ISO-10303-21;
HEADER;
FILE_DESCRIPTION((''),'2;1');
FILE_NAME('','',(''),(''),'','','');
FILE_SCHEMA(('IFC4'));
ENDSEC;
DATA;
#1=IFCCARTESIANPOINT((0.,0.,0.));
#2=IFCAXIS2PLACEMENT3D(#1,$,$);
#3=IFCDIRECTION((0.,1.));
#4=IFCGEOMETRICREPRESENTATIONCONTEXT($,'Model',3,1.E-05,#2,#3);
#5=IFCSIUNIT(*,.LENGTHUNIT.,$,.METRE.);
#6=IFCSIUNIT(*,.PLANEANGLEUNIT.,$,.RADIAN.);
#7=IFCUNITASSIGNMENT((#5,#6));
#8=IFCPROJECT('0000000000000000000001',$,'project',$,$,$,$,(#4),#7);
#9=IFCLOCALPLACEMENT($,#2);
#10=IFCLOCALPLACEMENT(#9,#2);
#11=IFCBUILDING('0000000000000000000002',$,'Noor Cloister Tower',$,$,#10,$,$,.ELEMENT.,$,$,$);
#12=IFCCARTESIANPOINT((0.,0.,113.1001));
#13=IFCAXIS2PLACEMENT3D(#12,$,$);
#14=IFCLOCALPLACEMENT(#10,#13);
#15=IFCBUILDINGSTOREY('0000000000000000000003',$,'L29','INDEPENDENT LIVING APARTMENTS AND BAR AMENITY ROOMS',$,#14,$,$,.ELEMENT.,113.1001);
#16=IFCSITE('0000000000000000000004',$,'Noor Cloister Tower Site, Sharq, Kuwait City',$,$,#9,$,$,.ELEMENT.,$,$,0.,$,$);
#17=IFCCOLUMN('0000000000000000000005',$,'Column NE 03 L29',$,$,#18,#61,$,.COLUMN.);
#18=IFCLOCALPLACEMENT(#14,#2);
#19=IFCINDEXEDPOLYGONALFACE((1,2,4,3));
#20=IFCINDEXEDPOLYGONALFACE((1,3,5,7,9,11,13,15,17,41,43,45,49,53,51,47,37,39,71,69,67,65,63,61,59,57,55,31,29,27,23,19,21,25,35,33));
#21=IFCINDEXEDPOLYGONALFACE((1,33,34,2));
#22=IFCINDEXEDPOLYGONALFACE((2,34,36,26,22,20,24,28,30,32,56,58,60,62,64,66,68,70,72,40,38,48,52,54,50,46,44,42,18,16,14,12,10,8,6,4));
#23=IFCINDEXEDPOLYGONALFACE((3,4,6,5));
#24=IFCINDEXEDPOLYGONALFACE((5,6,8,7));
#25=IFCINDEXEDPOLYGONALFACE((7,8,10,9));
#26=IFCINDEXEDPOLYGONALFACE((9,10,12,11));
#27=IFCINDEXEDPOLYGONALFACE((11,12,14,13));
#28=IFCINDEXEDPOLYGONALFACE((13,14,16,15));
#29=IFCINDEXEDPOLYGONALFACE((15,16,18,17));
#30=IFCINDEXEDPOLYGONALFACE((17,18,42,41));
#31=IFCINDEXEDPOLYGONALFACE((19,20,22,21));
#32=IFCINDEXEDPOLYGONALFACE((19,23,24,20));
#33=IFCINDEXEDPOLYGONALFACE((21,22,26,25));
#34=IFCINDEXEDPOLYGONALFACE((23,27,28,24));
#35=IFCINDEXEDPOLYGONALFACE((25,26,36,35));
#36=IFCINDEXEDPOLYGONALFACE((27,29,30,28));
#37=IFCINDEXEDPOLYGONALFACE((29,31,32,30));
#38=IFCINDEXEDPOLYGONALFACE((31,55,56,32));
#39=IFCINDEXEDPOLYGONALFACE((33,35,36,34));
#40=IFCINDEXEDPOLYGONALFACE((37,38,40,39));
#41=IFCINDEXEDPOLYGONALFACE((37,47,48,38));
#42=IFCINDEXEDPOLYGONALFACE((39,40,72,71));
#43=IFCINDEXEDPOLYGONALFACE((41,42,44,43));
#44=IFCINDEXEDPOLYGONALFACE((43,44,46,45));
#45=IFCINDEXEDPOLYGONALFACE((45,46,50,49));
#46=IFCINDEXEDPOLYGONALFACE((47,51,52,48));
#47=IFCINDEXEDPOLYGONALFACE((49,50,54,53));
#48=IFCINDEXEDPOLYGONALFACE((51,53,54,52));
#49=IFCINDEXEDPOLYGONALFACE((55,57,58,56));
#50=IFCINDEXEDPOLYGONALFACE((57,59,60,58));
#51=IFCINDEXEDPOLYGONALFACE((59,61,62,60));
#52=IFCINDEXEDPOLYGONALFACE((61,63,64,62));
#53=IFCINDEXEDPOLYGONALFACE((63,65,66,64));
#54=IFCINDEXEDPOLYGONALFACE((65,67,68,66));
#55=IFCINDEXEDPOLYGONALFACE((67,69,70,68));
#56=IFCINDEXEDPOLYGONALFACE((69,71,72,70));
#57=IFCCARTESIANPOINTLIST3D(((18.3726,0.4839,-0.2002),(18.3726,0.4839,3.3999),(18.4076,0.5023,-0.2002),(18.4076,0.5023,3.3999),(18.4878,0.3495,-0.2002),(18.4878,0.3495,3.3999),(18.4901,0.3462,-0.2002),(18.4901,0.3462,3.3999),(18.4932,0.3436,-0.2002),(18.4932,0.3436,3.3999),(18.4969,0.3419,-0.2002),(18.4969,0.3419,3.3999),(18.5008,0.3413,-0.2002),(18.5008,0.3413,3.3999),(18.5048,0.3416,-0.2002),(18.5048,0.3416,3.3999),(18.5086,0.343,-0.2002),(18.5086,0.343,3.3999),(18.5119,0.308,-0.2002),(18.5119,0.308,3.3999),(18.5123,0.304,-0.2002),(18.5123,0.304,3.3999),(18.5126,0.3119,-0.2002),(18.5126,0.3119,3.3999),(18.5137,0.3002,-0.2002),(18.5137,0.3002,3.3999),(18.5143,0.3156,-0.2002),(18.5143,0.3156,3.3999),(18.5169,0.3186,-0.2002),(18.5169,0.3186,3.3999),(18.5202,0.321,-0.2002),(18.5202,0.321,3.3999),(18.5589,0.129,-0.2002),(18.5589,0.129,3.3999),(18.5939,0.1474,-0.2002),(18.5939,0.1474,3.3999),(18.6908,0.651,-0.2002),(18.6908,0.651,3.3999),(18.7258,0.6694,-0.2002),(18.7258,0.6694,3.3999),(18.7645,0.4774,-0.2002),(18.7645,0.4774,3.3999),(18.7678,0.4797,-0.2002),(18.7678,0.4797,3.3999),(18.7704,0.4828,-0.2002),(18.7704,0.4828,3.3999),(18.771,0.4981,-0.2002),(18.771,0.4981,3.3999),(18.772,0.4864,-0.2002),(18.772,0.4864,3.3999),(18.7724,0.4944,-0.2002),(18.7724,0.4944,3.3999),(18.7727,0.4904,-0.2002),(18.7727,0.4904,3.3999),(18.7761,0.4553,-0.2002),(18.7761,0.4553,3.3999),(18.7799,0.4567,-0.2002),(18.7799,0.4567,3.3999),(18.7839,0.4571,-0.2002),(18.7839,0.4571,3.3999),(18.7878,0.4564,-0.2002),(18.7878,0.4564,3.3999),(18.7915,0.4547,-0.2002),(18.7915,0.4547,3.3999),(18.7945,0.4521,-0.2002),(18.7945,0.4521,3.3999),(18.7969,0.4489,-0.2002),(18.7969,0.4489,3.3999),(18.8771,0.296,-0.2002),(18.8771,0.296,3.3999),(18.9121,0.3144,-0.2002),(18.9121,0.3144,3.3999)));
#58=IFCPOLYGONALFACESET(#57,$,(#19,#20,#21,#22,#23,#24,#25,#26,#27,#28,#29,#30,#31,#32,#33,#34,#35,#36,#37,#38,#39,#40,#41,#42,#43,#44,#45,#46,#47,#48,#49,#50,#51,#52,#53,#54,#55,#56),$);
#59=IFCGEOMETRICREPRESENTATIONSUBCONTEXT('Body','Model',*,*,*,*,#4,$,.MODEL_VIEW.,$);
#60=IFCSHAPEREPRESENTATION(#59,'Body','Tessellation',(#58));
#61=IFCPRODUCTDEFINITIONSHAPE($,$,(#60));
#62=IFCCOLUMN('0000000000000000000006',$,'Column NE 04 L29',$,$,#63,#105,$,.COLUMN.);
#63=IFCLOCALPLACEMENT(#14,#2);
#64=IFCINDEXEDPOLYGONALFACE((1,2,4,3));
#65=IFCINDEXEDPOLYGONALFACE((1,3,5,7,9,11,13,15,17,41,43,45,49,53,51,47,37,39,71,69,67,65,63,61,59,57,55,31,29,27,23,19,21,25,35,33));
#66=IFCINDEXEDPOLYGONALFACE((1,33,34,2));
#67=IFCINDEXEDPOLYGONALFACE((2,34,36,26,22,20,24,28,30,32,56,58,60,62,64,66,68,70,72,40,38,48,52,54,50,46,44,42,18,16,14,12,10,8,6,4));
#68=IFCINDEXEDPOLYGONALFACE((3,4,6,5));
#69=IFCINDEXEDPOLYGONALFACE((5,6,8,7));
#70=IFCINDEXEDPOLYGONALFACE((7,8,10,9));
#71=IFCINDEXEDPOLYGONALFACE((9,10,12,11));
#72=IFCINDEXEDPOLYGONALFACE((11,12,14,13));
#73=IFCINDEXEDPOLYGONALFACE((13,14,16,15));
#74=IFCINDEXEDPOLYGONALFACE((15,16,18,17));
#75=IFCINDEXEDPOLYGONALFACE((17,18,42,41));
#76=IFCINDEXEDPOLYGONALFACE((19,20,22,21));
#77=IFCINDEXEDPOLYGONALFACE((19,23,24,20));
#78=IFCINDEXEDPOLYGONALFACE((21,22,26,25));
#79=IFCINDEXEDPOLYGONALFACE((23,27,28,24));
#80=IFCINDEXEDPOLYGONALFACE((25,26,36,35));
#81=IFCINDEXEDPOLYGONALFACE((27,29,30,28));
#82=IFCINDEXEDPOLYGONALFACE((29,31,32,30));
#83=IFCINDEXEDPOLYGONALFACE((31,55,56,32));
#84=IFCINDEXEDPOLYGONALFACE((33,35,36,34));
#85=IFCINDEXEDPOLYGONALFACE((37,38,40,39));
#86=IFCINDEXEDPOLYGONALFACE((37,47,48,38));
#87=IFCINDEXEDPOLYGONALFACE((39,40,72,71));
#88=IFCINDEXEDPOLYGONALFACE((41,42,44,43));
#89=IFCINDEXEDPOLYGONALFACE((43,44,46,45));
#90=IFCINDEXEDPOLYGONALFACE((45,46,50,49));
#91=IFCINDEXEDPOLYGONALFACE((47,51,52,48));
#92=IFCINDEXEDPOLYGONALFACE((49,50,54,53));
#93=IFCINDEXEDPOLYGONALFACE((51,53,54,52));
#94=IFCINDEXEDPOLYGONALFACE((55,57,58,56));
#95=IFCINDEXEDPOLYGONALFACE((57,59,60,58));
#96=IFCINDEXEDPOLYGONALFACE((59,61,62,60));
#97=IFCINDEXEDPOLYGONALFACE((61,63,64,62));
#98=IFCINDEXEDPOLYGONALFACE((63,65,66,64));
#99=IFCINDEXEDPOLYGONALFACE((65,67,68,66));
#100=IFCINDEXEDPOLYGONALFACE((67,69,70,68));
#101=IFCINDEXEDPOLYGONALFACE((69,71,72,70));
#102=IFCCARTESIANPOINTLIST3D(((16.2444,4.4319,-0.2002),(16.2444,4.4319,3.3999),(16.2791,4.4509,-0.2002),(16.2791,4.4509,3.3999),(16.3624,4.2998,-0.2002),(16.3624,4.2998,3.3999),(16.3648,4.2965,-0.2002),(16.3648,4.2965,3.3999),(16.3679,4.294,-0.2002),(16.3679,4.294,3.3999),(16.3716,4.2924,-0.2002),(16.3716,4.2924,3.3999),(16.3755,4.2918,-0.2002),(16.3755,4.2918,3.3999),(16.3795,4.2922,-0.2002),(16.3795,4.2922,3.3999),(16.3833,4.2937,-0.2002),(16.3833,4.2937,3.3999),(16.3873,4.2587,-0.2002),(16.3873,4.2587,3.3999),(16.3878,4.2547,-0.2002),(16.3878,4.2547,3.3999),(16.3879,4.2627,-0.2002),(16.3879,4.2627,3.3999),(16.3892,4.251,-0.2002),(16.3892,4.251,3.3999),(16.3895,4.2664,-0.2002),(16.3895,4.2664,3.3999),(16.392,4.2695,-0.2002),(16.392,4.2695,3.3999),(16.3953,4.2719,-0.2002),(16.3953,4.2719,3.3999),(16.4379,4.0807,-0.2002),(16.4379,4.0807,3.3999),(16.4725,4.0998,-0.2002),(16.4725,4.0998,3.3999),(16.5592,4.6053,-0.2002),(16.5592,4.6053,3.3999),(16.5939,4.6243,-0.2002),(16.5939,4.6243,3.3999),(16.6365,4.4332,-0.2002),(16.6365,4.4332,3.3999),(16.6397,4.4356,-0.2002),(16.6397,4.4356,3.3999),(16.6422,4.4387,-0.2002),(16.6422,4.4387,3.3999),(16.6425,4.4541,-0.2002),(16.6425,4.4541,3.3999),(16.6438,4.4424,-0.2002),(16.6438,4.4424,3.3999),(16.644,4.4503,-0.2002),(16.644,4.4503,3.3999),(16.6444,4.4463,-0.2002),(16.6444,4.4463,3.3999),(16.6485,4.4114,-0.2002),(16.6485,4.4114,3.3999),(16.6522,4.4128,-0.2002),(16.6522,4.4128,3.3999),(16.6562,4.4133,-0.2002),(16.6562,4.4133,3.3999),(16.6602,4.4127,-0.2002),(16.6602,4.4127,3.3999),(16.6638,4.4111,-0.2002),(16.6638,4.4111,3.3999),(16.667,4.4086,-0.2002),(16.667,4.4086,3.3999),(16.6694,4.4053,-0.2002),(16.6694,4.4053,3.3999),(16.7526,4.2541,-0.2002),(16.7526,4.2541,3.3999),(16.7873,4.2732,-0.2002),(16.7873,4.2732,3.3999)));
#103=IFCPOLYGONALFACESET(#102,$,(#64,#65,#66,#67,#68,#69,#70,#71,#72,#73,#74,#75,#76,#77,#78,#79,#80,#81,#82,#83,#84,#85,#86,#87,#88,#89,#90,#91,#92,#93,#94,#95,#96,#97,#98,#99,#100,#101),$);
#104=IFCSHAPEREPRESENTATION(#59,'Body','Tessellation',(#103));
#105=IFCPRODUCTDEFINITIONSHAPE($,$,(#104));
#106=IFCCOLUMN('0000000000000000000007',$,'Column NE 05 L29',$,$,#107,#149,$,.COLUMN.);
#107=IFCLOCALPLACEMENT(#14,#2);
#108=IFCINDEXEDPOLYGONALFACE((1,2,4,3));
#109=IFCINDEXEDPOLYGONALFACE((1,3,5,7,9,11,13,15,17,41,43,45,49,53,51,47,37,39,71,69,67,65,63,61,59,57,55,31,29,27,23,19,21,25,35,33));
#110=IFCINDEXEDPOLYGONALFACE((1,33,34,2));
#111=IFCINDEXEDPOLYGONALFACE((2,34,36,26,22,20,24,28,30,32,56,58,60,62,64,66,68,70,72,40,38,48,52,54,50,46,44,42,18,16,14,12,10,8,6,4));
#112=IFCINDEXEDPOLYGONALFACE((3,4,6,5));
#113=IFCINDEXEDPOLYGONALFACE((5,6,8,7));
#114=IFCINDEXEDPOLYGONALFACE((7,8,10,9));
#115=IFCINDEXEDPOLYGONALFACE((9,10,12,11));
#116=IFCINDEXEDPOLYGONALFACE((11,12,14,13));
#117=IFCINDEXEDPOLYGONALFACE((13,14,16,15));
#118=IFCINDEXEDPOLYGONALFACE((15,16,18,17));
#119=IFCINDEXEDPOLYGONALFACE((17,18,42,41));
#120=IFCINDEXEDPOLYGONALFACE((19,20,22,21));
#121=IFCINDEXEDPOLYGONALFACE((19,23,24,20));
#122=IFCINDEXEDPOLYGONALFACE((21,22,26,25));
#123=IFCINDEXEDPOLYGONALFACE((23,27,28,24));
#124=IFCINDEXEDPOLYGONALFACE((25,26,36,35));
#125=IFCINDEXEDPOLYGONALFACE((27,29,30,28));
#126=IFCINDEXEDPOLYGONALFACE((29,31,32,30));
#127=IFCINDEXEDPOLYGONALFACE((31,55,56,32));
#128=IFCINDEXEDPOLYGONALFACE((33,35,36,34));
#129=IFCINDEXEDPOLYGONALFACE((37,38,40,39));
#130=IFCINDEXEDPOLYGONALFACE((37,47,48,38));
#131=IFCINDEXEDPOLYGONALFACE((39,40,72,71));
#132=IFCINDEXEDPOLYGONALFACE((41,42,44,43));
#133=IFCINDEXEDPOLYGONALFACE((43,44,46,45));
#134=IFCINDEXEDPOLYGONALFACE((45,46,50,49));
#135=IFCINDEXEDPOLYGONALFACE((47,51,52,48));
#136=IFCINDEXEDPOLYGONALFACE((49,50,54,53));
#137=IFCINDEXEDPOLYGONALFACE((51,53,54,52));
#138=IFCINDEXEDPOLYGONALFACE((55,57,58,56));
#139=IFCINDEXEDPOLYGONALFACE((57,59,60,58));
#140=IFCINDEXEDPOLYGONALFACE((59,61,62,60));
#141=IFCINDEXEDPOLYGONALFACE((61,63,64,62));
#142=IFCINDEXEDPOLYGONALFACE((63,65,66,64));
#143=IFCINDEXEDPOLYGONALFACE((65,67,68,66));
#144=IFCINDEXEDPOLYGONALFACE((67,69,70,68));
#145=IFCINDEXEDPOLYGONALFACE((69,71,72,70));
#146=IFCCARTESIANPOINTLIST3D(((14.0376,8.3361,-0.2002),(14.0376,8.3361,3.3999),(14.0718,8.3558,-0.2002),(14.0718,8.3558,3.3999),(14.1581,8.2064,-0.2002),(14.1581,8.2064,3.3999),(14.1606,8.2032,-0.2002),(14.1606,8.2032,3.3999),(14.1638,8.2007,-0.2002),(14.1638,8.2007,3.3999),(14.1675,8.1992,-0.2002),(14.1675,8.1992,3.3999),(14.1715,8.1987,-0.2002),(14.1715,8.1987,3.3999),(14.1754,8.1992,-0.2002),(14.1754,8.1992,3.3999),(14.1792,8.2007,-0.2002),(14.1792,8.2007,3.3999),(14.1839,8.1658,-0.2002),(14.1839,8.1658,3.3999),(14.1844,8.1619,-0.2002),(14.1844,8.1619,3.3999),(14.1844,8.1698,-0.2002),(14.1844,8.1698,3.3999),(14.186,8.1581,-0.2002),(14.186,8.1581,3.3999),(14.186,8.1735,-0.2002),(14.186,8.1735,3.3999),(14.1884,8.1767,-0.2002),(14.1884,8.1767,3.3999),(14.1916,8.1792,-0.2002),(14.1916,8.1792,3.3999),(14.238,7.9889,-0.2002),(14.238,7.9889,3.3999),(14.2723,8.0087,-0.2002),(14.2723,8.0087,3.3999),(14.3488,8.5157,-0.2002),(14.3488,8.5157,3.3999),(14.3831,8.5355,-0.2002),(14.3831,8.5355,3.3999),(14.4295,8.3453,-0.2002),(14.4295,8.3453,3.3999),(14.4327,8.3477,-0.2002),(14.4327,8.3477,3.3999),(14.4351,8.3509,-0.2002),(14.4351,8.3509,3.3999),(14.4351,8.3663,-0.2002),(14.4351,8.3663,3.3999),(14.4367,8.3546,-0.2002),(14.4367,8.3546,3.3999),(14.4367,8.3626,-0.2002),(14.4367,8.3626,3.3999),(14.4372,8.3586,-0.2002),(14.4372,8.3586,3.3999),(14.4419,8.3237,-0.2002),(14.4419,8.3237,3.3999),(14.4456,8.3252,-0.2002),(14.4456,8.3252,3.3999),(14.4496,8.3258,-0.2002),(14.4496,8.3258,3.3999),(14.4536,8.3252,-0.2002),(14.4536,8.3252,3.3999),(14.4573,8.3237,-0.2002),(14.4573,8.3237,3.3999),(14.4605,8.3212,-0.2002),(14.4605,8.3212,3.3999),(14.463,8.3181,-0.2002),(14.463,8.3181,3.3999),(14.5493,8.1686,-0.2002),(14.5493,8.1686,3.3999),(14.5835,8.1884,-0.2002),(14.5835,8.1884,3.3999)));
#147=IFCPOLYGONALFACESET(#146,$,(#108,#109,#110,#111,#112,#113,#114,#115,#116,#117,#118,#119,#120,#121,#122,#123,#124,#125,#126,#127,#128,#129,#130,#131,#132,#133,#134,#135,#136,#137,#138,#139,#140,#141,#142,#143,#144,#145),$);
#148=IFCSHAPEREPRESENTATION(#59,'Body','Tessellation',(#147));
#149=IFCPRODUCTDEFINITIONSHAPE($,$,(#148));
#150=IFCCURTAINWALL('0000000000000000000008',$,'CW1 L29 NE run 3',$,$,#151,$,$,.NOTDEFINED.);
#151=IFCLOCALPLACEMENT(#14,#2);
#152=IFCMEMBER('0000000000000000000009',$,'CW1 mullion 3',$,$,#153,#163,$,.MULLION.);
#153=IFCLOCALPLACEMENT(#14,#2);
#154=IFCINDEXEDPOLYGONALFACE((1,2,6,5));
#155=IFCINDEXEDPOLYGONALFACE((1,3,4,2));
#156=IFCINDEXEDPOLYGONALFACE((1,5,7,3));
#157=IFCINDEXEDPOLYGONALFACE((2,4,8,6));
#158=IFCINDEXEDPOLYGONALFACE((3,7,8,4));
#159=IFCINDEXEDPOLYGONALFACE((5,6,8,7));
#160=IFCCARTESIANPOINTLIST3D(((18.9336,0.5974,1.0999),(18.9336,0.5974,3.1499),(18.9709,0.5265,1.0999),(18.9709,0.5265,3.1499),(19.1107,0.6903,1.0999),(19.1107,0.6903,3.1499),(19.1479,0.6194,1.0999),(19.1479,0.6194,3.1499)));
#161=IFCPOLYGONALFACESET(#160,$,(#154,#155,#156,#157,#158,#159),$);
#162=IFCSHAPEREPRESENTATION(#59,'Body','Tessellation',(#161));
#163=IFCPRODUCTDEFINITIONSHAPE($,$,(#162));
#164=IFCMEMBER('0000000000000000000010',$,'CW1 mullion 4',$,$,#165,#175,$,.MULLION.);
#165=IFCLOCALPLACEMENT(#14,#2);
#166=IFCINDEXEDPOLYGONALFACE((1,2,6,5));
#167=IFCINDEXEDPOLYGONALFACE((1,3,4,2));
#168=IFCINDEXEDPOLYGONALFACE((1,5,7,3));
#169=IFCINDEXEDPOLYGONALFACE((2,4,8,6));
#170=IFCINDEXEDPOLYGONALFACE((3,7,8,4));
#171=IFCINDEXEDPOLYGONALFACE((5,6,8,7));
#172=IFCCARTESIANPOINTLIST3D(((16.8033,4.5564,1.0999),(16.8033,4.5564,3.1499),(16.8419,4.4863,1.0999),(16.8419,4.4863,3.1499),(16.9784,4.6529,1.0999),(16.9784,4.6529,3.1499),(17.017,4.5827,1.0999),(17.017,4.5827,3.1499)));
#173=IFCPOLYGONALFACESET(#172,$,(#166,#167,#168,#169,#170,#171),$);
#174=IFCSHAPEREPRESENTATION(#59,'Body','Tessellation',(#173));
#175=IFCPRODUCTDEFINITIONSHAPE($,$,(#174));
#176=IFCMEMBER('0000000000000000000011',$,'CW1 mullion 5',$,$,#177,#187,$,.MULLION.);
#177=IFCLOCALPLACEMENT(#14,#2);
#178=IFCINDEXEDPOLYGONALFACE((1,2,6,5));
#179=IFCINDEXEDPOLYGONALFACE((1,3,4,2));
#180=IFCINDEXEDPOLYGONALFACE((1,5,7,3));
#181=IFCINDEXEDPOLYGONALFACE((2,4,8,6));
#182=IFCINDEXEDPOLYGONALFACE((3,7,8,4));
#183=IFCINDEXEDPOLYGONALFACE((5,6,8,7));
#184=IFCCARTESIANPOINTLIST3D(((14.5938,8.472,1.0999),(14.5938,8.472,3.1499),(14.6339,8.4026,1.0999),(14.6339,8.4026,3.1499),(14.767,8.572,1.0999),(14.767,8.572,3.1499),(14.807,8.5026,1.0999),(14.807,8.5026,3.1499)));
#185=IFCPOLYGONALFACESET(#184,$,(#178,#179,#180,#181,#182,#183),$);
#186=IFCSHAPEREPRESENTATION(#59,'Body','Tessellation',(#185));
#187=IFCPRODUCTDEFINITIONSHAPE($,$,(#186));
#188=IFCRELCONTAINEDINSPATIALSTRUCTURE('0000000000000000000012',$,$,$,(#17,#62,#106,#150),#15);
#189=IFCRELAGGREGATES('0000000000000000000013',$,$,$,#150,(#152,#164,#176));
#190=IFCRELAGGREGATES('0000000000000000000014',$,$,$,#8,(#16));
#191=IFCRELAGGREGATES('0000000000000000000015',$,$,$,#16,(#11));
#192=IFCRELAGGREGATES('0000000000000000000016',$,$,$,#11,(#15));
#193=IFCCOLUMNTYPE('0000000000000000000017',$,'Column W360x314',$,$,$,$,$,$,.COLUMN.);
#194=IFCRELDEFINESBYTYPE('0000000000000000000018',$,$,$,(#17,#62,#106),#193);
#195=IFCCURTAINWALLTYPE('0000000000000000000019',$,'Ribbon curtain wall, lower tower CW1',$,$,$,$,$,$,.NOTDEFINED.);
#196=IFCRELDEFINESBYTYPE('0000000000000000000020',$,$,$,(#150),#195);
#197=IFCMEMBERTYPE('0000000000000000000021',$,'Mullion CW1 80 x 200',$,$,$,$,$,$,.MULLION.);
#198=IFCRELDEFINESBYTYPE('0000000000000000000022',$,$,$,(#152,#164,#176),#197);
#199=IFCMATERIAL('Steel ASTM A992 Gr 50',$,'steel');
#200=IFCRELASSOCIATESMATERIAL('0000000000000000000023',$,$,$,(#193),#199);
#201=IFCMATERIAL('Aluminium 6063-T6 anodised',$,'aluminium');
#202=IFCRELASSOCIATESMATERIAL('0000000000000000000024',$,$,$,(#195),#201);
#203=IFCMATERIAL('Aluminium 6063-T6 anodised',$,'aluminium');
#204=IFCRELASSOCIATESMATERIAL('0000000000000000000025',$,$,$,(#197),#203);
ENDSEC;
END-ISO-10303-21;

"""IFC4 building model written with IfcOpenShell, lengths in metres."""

from ifc_helpers import new_model, si_unit, direction, frame, origin, origin_2d, place, context, subcontext, project, spatial, rectangle, i_section, extrude, material, material_profile, profile_set, type_object, element, aggregate, save


model = new_model("IFC4")

# Units and contexts
model_context = context("Model", 3, precision=1e-05, world=origin(), true_north=direction((0.0, 1.0)))
body_context = subcontext(model_context, "Body", "Model", "MODEL_VIEW")
ifc_project = project(units=[si_unit("LENGTHUNIT", "METRE"), si_unit("PLANEANGLEUNIT", "RADIAN")], contexts=[model_context])

# Site, building, storey
site_placement = place(None, origin())
site = spatial("IfcSite", under=ifc_project, at=site_placement, Name="Noor Cloister Tower Site, Sharq, Kuwait City", CompositionType="ELEMENT", RefElevation=0.0)
building_placement = place(site_placement, origin())
building = spatial("IfcBuilding", under=site, at=building_placement, Name="Noor Cloister Tower", CompositionType="ELEMENT")
storey_placement = place(building_placement, frame((0.0, 0.0, 113.1001)))
storey = spatial("IfcBuildingStorey", under=building, at=storey_placement, Name="L29", Description="INDEPENDENT LIVING APARTMENTS AND BAR AMENITY ROOMS", CompositionType="ELEMENT", Elevation=113.1001)

# Columns
ifc_material_1 = material(Name="Steel ASTM A992 Gr 50", Category="steel")
ifc_material_profile_1 = material_profile(ifc_material_1, i_section(OverallWidth=0.4009, OverallDepth=0.3989, WebThickness=0.0249, FlangeThickness=0.0396, FilletRadius=0.0154, at=origin_2d()), Name="W360x314")
ifc_profile_set_1 = profile_set([ifc_material_profile_1], Name="Steel ASTM A992 Gr 50")
column_type = type_object("IfcColumnType", Name="Column W360x314", PredefinedType="COLUMN", material=ifc_profile_set_1)
for number, where, z_axis, x_axis, name in (
    (1, (18.6423, 0.3992, -0.2002), (0.0, 0.0, 1.0), (-0.464829, 0.885401, 0.0), "Column NE 03 L29"),
    (2, (16.5159, 4.3525, -0.2002), (0.0, 0.0, 1.0), (-0.482512, 0.87589, 0.0), "Column NE 04 L29"),
    (3, (14.3105, 8.2622, -0.2002), (0.0, 0.0, 1.0), (-0.5, 0.866025, 0.0), "Column NE 05 L29"),
):
    element("IfcColumn", number, at=place(storey_placement, frame(where, z_axis=z_axis, x_axis=x_axis)), inside=storey, type_object=column_type, Name=name, PredefinedType="COLUMN", context=body_context, shape_type="SweptSolid", body=[
        extrude(i_section(OverallWidth=0.4009, OverallDepth=0.3989, WebThickness=0.0249, FlangeThickness=0.0396, FilletRadius=0.0154, at=origin_2d()), origin(), (0.0, 0.0, 1.0), 3.6001),
    ])

# Curtain wall, members
ifc_material_2 = material(Name="Aluminium 6063-T6 anodised", Category="aluminium")
curtain_wall_type = type_object("IfcCurtainWallType", Name="Ribbon curtain wall, lower tower CW1", PredefinedType="NOTDEFINED", material=ifc_material_2)
curtain_wall_placement = place(storey_placement, origin())
curtain_wall = element("IfcCurtainWall", 4, at=curtain_wall_placement, inside=storey, type_object=curtain_wall_type, Name="CW1 L29 NE run 3", PredefinedType="NOTDEFINED")
ifc_material_3 = material(Name="Aluminium 6063-T6 anodised", Category="aluminium")
ifc_material_profile_2 = material_profile(ifc_material_3, rectangle(XDim=0.2, YDim=0.0801, at=origin_2d()), Name="200 x 80 mullion")
ifc_profile_set_2 = profile_set([ifc_material_profile_2], Name="Aluminium 6063-T6 anodised")
member_type = type_object("IfcMemberType", Name="Mullion CW1 80 x 200", PredefinedType="MULLION", material=ifc_profile_set_2)
member_1_placement = place(storey_placement, frame((19.0408, 0.6084, 1.0999), z_axis=(0.0, 0.0, 1.0), x_axis=(-0.885401, -0.464829, 0.0)))
member_1 = element("IfcMember", 5, at=member_1_placement, type_object=member_type, Name="CW1 mullion 3", PredefinedType="MULLION", context=body_context, shape_type="SweptSolid", body=[
    extrude(rectangle(XDim=0.2, YDim=0.0801, at=origin_2d()), origin(), (0.0, 0.0, 1.0), 2.05),
])
member_2_placement = place(storey_placement, frame((16.9102, 4.5696, 1.0999), z_axis=(0.0, 0.0, 1.0), x_axis=(-0.87589, -0.482512, 0.0)))
member_2 = element("IfcMember", 6, at=member_2_placement, type_object=member_type, Name="CW1 mullion 4", PredefinedType="MULLION", context=body_context, shape_type="SweptSolid", body=[
    extrude(rectangle(XDim=0.2, YDim=0.0801, at=origin_2d()), origin(), (0.0, 0.0, 1.0), 2.05),
])
member_3_placement = place(storey_placement, frame((14.7004, 8.4873, 1.0999), z_axis=(0.0, 0.0, 1.0), x_axis=(-0.866025, -0.5, 0.0)))
member_3 = element("IfcMember", 7, at=member_3_placement, type_object=member_type, Name="CW1 mullion 5", PredefinedType="MULLION", context=body_context, shape_type="SweptSolid", body=[
    extrude(rectangle(XDim=0.2, YDim=0.0801, at=origin_2d()), origin(), (0.0, 0.0, 1.0), 2.05),
])

aggregate(curtain_wall, [member_1, member_2, member_3])

save(model, "model.ifc")
